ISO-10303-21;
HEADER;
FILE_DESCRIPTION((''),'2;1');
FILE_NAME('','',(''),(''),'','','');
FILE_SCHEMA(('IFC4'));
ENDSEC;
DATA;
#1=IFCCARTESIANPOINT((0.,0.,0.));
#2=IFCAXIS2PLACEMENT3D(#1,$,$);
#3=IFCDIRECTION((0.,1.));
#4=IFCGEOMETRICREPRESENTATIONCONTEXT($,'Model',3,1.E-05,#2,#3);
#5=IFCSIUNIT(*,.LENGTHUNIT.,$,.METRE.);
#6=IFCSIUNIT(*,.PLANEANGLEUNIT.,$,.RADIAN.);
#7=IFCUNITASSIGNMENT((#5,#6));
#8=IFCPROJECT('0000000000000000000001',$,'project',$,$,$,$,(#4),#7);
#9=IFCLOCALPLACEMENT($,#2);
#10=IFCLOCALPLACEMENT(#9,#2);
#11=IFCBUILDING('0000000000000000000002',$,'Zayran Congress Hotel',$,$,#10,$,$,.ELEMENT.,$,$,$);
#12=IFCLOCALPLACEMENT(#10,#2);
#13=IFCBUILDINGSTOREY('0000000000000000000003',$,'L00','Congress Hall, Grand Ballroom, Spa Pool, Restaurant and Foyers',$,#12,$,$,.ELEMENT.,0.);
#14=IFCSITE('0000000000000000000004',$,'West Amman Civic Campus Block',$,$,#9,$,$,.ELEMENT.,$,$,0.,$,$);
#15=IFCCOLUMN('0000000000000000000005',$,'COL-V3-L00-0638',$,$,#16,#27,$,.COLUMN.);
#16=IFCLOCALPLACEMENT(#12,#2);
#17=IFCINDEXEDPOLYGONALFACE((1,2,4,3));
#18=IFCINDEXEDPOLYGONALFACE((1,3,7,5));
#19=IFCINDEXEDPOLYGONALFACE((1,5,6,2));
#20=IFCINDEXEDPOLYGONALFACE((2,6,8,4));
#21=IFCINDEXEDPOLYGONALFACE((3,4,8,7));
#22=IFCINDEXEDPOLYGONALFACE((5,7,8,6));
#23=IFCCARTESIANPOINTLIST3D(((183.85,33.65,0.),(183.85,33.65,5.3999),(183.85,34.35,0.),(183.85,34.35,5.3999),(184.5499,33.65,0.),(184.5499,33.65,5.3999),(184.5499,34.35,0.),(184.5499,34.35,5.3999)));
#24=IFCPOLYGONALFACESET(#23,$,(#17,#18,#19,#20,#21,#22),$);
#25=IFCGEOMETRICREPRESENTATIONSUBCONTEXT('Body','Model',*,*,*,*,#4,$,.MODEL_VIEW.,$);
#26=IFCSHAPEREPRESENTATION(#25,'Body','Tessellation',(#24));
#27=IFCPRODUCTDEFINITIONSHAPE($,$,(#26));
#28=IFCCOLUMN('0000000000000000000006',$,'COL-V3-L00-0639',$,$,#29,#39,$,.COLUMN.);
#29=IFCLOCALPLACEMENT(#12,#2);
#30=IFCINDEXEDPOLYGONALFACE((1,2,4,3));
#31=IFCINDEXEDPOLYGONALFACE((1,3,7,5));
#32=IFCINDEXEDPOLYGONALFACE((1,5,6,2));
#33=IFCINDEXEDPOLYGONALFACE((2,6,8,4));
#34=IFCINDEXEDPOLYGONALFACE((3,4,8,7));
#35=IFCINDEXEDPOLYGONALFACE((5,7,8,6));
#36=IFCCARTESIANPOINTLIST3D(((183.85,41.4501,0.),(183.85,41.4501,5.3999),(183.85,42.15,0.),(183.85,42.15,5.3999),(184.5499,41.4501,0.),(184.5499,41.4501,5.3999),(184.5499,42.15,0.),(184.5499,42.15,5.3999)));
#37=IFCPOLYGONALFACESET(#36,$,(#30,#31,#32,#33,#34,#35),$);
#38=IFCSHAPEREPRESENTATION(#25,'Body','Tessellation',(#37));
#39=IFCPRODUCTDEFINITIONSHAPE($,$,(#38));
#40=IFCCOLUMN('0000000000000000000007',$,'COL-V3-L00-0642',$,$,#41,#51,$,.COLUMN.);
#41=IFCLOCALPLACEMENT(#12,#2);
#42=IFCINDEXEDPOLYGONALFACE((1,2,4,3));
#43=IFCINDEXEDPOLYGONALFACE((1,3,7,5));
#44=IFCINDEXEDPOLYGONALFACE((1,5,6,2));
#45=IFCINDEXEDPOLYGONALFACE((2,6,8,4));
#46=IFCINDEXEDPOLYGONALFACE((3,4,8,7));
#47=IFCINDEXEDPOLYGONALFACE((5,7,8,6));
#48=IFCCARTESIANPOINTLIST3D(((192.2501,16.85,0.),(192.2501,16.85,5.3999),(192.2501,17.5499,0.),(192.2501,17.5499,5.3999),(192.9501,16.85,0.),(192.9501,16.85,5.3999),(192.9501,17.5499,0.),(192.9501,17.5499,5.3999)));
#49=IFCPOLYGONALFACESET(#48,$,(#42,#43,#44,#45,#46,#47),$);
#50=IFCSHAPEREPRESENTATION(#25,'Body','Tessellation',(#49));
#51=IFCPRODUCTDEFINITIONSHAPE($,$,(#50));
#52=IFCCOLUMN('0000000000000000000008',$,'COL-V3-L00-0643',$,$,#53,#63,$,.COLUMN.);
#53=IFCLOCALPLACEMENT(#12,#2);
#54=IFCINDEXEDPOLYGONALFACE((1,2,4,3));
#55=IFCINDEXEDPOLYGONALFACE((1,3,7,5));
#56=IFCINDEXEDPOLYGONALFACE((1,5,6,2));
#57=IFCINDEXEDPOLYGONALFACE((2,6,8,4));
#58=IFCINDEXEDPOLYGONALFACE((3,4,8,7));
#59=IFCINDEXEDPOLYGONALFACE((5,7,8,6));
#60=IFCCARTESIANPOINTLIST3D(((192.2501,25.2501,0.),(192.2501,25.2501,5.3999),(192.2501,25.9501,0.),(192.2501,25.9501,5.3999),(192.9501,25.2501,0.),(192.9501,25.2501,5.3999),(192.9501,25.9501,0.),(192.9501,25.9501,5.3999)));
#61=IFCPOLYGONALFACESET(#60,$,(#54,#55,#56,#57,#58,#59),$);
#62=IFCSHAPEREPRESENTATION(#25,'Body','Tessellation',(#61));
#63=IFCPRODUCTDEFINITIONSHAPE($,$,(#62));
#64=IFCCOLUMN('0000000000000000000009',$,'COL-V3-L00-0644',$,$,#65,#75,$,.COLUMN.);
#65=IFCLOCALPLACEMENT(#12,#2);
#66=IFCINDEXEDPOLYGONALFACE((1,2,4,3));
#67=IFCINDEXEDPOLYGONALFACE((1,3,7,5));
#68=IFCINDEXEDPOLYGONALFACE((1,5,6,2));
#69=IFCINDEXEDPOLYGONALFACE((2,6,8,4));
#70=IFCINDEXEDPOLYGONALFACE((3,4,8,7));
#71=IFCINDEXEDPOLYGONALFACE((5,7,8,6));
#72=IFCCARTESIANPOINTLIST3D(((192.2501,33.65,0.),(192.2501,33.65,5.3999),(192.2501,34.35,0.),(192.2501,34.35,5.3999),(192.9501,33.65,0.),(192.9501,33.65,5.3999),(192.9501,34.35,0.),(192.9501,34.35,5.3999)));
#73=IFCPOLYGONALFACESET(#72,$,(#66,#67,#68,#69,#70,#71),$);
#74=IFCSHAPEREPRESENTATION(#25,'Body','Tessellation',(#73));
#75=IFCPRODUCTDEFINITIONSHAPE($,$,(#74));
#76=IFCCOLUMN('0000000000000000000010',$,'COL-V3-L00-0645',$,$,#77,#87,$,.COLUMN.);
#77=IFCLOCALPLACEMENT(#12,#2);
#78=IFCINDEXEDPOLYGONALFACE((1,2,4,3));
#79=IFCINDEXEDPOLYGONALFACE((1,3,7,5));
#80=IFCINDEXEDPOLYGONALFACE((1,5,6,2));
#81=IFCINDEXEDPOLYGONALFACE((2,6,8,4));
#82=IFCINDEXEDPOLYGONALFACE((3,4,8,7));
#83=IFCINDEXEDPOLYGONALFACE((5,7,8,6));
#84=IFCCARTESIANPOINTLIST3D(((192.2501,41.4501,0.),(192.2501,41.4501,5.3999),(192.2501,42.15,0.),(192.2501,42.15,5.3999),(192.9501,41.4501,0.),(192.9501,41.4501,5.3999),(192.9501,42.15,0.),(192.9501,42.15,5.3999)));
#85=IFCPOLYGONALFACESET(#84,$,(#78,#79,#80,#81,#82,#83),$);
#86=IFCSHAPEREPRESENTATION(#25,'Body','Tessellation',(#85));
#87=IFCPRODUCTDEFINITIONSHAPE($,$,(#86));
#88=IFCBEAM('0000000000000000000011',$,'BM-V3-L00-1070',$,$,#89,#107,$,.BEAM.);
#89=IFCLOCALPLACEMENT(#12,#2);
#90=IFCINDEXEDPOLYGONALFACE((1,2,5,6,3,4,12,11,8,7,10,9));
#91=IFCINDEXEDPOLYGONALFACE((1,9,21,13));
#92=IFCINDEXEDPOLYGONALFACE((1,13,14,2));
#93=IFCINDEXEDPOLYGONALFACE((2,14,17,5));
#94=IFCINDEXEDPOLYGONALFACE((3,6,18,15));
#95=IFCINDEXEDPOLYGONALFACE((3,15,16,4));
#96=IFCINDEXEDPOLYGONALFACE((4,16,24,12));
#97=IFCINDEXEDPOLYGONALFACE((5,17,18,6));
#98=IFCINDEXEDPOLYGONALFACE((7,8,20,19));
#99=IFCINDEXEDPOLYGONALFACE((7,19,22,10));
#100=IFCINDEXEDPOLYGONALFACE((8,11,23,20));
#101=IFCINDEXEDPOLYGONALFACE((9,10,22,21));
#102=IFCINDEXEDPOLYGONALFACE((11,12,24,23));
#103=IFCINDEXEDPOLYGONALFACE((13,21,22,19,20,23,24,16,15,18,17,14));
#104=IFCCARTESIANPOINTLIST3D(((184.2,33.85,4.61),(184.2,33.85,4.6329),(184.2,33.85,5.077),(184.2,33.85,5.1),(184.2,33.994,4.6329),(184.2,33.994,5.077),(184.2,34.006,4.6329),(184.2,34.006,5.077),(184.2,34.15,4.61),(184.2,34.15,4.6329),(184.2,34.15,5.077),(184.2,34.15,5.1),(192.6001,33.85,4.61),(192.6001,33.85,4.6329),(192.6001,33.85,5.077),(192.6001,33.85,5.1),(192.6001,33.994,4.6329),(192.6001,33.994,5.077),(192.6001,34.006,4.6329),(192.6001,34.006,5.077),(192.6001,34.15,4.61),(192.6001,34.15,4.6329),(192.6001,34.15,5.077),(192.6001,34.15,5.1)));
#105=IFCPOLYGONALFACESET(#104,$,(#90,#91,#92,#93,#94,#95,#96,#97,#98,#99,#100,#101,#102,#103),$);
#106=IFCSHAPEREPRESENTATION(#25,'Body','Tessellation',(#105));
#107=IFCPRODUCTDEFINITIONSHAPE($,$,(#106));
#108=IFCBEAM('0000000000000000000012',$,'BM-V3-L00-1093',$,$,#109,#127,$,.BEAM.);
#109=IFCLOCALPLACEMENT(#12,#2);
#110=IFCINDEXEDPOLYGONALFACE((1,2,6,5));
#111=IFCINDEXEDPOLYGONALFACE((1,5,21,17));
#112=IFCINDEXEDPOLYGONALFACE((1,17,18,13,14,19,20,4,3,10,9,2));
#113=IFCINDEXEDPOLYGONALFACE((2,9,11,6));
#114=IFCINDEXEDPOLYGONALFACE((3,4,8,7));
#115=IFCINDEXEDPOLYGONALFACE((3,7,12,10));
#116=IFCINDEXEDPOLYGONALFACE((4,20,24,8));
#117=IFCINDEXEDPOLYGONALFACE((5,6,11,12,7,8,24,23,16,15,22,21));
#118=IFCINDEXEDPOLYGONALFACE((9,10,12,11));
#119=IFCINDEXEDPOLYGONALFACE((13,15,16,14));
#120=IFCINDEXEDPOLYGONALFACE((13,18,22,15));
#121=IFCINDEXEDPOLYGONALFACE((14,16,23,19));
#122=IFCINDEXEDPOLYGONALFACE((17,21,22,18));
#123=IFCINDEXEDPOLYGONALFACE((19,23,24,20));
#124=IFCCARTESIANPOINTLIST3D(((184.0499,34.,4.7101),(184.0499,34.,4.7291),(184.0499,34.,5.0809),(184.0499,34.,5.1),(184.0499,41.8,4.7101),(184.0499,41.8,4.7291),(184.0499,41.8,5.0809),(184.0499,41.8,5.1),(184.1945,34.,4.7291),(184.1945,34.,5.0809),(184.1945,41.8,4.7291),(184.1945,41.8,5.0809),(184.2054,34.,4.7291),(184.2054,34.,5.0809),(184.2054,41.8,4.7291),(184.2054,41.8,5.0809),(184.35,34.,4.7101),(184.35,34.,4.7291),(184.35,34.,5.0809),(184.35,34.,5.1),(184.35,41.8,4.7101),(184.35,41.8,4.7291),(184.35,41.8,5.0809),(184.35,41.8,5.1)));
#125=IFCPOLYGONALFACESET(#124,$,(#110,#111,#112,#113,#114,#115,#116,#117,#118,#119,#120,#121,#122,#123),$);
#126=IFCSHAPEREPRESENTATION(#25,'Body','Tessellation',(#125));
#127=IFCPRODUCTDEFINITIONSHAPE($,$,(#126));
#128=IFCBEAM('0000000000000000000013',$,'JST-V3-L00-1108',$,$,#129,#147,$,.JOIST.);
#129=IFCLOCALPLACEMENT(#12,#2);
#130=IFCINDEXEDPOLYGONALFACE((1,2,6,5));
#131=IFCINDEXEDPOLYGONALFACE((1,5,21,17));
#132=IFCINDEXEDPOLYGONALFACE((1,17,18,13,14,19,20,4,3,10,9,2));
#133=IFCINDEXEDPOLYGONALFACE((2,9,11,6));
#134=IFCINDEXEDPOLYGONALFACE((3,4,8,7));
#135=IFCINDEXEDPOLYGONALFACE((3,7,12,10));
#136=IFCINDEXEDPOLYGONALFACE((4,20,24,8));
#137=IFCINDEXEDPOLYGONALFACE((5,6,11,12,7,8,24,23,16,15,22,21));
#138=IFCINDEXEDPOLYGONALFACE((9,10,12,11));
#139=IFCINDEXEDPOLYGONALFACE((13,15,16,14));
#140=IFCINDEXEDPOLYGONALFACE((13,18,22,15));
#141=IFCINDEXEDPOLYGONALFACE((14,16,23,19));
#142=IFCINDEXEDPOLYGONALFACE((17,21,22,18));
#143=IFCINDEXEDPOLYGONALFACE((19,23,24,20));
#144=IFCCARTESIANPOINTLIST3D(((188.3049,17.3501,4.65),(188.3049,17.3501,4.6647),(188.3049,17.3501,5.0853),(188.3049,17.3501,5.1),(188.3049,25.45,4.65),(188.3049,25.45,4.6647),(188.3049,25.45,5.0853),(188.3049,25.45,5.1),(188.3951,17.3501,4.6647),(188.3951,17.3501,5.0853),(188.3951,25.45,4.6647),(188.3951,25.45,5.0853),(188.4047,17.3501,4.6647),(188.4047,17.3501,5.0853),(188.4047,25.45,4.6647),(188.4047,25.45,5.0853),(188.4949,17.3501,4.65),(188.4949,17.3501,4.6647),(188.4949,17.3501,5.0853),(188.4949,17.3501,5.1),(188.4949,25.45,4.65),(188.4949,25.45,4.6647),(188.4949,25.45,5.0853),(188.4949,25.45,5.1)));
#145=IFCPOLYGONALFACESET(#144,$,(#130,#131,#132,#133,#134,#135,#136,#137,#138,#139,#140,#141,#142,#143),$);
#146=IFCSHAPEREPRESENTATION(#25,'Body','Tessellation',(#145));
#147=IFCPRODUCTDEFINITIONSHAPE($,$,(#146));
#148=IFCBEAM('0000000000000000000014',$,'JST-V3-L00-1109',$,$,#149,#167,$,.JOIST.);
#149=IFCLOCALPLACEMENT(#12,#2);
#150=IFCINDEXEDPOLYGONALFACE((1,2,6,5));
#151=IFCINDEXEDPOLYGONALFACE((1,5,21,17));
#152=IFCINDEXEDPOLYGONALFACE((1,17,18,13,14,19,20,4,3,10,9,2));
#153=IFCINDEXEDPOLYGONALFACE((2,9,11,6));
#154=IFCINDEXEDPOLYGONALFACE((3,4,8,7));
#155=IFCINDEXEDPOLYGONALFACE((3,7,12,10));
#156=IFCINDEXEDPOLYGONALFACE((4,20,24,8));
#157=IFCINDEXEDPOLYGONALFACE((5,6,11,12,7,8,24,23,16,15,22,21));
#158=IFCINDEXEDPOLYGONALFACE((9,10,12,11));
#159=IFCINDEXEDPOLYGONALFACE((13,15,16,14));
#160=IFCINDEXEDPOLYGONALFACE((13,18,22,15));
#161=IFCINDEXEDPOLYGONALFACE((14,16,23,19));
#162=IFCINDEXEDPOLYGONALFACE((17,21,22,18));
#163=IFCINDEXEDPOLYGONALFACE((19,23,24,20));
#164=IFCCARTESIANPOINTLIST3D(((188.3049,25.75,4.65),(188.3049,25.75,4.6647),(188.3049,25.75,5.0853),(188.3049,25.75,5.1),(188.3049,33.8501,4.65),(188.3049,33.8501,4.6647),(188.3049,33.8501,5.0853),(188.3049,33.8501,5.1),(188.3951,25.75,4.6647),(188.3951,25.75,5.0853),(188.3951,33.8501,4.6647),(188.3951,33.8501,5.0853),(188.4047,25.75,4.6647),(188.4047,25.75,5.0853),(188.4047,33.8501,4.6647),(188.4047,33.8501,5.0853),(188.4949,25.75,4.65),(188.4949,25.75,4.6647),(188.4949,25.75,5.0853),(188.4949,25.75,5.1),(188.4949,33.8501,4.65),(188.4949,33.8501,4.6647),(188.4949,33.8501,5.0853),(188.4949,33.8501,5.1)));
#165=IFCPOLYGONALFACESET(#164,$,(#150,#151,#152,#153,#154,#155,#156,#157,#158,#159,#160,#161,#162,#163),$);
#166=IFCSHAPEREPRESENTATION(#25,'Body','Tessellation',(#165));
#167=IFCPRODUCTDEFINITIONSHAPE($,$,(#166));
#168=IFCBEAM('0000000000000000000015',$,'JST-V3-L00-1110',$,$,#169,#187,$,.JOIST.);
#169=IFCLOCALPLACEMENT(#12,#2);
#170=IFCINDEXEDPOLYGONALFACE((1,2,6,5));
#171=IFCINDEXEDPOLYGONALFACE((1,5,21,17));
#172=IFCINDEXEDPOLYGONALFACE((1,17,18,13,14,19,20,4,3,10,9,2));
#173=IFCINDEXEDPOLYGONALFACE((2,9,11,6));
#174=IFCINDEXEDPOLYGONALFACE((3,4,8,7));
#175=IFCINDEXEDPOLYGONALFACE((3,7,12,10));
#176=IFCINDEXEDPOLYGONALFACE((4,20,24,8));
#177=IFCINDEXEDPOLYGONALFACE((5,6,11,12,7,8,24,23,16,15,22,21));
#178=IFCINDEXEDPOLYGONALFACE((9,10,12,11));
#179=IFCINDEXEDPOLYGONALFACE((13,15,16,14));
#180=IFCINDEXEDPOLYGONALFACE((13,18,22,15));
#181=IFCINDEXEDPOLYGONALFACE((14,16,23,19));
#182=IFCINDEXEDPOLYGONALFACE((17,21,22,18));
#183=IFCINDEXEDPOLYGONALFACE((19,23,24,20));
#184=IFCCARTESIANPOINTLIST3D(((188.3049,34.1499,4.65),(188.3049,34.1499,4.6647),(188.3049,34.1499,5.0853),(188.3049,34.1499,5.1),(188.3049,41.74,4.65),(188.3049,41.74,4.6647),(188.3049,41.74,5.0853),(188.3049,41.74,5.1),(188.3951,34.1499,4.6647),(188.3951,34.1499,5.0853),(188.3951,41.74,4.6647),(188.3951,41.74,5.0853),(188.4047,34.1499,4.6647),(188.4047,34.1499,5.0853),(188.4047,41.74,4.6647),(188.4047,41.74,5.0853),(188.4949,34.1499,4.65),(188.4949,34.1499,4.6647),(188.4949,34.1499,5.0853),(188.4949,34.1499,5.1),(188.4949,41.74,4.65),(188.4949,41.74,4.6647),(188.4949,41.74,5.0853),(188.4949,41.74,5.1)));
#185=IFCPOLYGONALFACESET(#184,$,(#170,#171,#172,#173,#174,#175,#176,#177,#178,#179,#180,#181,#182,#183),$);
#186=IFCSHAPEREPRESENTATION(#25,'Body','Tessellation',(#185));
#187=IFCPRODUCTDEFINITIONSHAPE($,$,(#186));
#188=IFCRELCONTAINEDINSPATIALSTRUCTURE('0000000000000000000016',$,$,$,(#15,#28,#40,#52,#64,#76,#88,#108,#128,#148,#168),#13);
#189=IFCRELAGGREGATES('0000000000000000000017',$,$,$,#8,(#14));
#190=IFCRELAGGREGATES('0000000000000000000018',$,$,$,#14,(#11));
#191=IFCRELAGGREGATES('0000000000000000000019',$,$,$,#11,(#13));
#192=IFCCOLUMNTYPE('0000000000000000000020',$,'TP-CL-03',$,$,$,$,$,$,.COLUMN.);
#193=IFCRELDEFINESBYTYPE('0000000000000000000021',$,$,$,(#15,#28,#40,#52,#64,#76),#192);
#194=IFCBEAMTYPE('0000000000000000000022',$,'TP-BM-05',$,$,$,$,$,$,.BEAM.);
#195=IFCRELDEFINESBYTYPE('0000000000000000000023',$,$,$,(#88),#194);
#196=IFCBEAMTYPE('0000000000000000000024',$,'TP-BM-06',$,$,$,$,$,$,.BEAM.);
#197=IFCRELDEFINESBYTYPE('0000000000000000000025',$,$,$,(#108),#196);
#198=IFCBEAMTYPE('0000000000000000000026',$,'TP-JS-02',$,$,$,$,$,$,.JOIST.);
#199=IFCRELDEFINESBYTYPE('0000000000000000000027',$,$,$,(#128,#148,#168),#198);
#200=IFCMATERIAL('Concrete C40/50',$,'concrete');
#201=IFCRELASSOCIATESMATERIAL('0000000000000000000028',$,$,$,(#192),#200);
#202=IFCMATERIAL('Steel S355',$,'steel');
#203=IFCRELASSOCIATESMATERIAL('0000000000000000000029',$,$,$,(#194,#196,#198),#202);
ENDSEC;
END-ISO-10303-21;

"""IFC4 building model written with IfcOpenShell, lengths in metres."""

from ifc_helpers import new_model, si_unit, direction, frame, origin, origin_2d, place, context, subcontext, project, spatial, rectangle, i_section, extrude, material, material_profile, profile_set, type_object, element, save


model = new_model("IFC4")

# Units and contexts
model_context = context("Model", 3, precision=1e-05, world=origin(), true_north=direction((0.0, 1.0)))
body_context = subcontext(model_context, "Body", "Model", "MODEL_VIEW")
ifc_project = project(units=[si_unit("LENGTHUNIT", "METRE"), si_unit("PLANEANGLEUNIT", "RADIAN")], contexts=[model_context])

# Site, building, storey
site_placement = place(None, origin())
site = spatial("IfcSite", under=ifc_project, at=site_placement, Name="West Amman Civic Campus Block", CompositionType="ELEMENT", RefElevation=0.0)
building_placement = place(site_placement, origin())
building = spatial("IfcBuilding", under=site, at=building_placement, Name="Zayran Congress Hotel", CompositionType="ELEMENT")
storey_placement = place(building_placement, origin())
storey = spatial("IfcBuildingStorey", under=building, at=storey_placement, Name="L00", Description="Congress Hall, Grand Ballroom, Spa Pool, Restaurant and Foyers", CompositionType="ELEMENT", Elevation=0.0)

# Columns
ifc_material_1 = material(Name="Concrete C40/50", Category="concrete")
ifc_material_profile_1 = material_profile(ifc_material_1, rectangle(XDim=0.7, YDim=0.7, at=origin_2d()), Name="RC 700x700")
ifc_profile_set_1 = profile_set([ifc_material_profile_1], Name="Concrete C40/50")
column_type = type_object("IfcColumnType", Name="TP-CL-03", PredefinedType="COLUMN", material=ifc_profile_set_1)
for number, where, z_axis, x_axis, name in (
    (1, (184.2, 34.0, 0.0), (0.0, 0.0, 1.0), (1.0, 0.0, 0.0), "COL-V3-L00-0638"),
    (2, (184.2, 41.8, 0.0), (0.0, 0.0, 1.0), (1.0, 0.0, 0.0), "COL-V3-L00-0639"),
    (3, (192.6001, 17.2, 0.0), (0.0, 0.0, 1.0), (1.0, 0.0, 0.0), "COL-V3-L00-0642"),
    (4, (192.6001, 25.6001, 0.0), (0.0, 0.0, 1.0), (1.0, 0.0, 0.0), "COL-V3-L00-0643"),
    (5, (192.6001, 34.0, 0.0), (0.0, 0.0, 1.0), (1.0, 0.0, 0.0), "COL-V3-L00-0644"),
    (6, (192.6001, 41.8, 0.0), (0.0, 0.0, 1.0), (1.0, 0.0, 0.0), "COL-V3-L00-0645"),
):
    element("IfcColumn", number, at=place(storey_placement, frame(where, z_axis=z_axis, x_axis=x_axis)), inside=storey, type_object=column_type, Name=name, PredefinedType="COLUMN", context=body_context, shape_type="SweptSolid", body=[
        extrude(rectangle(XDim=0.7, YDim=0.7, at=origin_2d()), origin(), (0.0, 0.0, 1.0), 5.3999),
    ])

# Beams
ifc_material_2 = material(Name="Steel S355", Category="steel")
ifc_material_profile_2 = material_profile(ifc_material_2, i_section(OverallWidth=0.3, OverallDepth=0.49, WebThickness=0.012, FlangeThickness=0.0229, at=origin_2d()), Name="HEA 500")
ifc_profile_set_2 = profile_set([ifc_material_profile_2], Name="Steel S355")
beam_type_1 = type_object("IfcBeamType", Name="TP-BM-05", PredefinedType="BEAM", material=ifc_profile_set_2)
beam_1_placement = place(storey_placement, frame((184.2, 34.0, 4.855), z_axis=(1.0, 0.0, 0.0), x_axis=(0.0, 1.0, 0.0)))
element("IfcBeam", 7, at=beam_1_placement, inside=storey, type_object=beam_type_1, Name="BM-V3-L00-1070", PredefinedType="BEAM", context=body_context, shape_type="SweptSolid", body=[
    extrude(i_section(OverallWidth=0.3, OverallDepth=0.49, WebThickness=0.012, FlangeThickness=0.0229, at=origin_2d()), origin(), (0.0, 0.0, 1.0), 8.4001),
])
ifc_material_profile_3 = material_profile(ifc_material_2, i_section(OverallWidth=0.3, OverallDepth=0.3899, WebThickness=0.011, FlangeThickness=0.019, at=origin_2d()), Name="HEA 400")
ifc_profile_set_3 = profile_set([ifc_material_profile_3], Name="Steel S355")
beam_type_2 = type_object("IfcBeamType", Name="TP-BM-06", PredefinedType="BEAM", material=ifc_profile_set_3)
beam_2_placement = place(storey_placement, frame((184.2, 34.0, 4.905), z_axis=(0.0, 1.0, 0.0), x_axis=(-1.0, 0.0, 0.0)))
element("IfcBeam", 8, at=beam_2_placement, inside=storey, type_object=beam_type_2, Name="BM-V3-L00-1093", PredefinedType="BEAM", context=body_context, shape_type="SweptSolid", body=[
    extrude(i_section(OverallWidth=0.3, OverallDepth=0.3899, WebThickness=0.011, FlangeThickness=0.019, at=origin_2d()), origin(), (0.0, 0.0, 1.0), 7.8),
])
ifc_material_profile_4 = material_profile(ifc_material_2, i_section(OverallWidth=0.1899, OverallDepth=0.45, WebThickness=0.0095, FlangeThickness=0.0146, at=origin_2d()), Name="IPE 450")
ifc_profile_set_4 = profile_set([ifc_material_profile_4], Name="Steel S355")
beam_type_3 = type_object("IfcBeamType", Name="TP-JS-02", PredefinedType="JOIST", material=ifc_profile_set_4)
beam_3_placement = place(storey_placement, frame((188.3999, 17.3501, 4.875), z_axis=(0.0, 1.0, 0.0), x_axis=(-1.0, 0.0, 0.0)))
element("IfcBeam", 9, at=beam_3_placement, inside=storey, type_object=beam_type_3, Name="JST-V3-L00-1108", PredefinedType="JOIST", context=body_context, shape_type="SweptSolid", body=[
    extrude(i_section(OverallWidth=0.1899, OverallDepth=0.45, WebThickness=0.0095, FlangeThickness=0.0146, at=origin_2d()), origin(), (0.0, 0.0, 1.0), 8.0999),
])
beam_4_placement = place(storey_placement, frame((188.3999, 25.75, 4.875), z_axis=(0.0, 1.0, 0.0), x_axis=(-1.0, 0.0, 0.0)))
element("IfcBeam", 10, at=beam_4_placement, inside=storey, type_object=beam_type_3, Name="JST-V3-L00-1109", PredefinedType="JOIST", context=body_context, shape_type="SweptSolid", body=[
    extrude(i_section(OverallWidth=0.1899, OverallDepth=0.45, WebThickness=0.0095, FlangeThickness=0.0146, at=origin_2d()), origin(), (0.0, 0.0, 1.0), 8.1001),
])
beam_5_placement = place(storey_placement, frame((188.3999, 34.1499, 4.875), z_axis=(0.0, 1.0, 0.0), x_axis=(-1.0, 0.0, 0.0)))
element("IfcBeam", 11, at=beam_5_placement, inside=storey, type_object=beam_type_3, Name="JST-V3-L00-1110", PredefinedType="JOIST", context=body_context, shape_type="SweptSolid", body=[
    extrude(i_section(OverallWidth=0.1899, OverallDepth=0.45, WebThickness=0.0095, FlangeThickness=0.0146, at=origin_2d()), origin(), (0.0, 0.0, 1.0), 7.5901),
])

save(model, "model.ifc")
